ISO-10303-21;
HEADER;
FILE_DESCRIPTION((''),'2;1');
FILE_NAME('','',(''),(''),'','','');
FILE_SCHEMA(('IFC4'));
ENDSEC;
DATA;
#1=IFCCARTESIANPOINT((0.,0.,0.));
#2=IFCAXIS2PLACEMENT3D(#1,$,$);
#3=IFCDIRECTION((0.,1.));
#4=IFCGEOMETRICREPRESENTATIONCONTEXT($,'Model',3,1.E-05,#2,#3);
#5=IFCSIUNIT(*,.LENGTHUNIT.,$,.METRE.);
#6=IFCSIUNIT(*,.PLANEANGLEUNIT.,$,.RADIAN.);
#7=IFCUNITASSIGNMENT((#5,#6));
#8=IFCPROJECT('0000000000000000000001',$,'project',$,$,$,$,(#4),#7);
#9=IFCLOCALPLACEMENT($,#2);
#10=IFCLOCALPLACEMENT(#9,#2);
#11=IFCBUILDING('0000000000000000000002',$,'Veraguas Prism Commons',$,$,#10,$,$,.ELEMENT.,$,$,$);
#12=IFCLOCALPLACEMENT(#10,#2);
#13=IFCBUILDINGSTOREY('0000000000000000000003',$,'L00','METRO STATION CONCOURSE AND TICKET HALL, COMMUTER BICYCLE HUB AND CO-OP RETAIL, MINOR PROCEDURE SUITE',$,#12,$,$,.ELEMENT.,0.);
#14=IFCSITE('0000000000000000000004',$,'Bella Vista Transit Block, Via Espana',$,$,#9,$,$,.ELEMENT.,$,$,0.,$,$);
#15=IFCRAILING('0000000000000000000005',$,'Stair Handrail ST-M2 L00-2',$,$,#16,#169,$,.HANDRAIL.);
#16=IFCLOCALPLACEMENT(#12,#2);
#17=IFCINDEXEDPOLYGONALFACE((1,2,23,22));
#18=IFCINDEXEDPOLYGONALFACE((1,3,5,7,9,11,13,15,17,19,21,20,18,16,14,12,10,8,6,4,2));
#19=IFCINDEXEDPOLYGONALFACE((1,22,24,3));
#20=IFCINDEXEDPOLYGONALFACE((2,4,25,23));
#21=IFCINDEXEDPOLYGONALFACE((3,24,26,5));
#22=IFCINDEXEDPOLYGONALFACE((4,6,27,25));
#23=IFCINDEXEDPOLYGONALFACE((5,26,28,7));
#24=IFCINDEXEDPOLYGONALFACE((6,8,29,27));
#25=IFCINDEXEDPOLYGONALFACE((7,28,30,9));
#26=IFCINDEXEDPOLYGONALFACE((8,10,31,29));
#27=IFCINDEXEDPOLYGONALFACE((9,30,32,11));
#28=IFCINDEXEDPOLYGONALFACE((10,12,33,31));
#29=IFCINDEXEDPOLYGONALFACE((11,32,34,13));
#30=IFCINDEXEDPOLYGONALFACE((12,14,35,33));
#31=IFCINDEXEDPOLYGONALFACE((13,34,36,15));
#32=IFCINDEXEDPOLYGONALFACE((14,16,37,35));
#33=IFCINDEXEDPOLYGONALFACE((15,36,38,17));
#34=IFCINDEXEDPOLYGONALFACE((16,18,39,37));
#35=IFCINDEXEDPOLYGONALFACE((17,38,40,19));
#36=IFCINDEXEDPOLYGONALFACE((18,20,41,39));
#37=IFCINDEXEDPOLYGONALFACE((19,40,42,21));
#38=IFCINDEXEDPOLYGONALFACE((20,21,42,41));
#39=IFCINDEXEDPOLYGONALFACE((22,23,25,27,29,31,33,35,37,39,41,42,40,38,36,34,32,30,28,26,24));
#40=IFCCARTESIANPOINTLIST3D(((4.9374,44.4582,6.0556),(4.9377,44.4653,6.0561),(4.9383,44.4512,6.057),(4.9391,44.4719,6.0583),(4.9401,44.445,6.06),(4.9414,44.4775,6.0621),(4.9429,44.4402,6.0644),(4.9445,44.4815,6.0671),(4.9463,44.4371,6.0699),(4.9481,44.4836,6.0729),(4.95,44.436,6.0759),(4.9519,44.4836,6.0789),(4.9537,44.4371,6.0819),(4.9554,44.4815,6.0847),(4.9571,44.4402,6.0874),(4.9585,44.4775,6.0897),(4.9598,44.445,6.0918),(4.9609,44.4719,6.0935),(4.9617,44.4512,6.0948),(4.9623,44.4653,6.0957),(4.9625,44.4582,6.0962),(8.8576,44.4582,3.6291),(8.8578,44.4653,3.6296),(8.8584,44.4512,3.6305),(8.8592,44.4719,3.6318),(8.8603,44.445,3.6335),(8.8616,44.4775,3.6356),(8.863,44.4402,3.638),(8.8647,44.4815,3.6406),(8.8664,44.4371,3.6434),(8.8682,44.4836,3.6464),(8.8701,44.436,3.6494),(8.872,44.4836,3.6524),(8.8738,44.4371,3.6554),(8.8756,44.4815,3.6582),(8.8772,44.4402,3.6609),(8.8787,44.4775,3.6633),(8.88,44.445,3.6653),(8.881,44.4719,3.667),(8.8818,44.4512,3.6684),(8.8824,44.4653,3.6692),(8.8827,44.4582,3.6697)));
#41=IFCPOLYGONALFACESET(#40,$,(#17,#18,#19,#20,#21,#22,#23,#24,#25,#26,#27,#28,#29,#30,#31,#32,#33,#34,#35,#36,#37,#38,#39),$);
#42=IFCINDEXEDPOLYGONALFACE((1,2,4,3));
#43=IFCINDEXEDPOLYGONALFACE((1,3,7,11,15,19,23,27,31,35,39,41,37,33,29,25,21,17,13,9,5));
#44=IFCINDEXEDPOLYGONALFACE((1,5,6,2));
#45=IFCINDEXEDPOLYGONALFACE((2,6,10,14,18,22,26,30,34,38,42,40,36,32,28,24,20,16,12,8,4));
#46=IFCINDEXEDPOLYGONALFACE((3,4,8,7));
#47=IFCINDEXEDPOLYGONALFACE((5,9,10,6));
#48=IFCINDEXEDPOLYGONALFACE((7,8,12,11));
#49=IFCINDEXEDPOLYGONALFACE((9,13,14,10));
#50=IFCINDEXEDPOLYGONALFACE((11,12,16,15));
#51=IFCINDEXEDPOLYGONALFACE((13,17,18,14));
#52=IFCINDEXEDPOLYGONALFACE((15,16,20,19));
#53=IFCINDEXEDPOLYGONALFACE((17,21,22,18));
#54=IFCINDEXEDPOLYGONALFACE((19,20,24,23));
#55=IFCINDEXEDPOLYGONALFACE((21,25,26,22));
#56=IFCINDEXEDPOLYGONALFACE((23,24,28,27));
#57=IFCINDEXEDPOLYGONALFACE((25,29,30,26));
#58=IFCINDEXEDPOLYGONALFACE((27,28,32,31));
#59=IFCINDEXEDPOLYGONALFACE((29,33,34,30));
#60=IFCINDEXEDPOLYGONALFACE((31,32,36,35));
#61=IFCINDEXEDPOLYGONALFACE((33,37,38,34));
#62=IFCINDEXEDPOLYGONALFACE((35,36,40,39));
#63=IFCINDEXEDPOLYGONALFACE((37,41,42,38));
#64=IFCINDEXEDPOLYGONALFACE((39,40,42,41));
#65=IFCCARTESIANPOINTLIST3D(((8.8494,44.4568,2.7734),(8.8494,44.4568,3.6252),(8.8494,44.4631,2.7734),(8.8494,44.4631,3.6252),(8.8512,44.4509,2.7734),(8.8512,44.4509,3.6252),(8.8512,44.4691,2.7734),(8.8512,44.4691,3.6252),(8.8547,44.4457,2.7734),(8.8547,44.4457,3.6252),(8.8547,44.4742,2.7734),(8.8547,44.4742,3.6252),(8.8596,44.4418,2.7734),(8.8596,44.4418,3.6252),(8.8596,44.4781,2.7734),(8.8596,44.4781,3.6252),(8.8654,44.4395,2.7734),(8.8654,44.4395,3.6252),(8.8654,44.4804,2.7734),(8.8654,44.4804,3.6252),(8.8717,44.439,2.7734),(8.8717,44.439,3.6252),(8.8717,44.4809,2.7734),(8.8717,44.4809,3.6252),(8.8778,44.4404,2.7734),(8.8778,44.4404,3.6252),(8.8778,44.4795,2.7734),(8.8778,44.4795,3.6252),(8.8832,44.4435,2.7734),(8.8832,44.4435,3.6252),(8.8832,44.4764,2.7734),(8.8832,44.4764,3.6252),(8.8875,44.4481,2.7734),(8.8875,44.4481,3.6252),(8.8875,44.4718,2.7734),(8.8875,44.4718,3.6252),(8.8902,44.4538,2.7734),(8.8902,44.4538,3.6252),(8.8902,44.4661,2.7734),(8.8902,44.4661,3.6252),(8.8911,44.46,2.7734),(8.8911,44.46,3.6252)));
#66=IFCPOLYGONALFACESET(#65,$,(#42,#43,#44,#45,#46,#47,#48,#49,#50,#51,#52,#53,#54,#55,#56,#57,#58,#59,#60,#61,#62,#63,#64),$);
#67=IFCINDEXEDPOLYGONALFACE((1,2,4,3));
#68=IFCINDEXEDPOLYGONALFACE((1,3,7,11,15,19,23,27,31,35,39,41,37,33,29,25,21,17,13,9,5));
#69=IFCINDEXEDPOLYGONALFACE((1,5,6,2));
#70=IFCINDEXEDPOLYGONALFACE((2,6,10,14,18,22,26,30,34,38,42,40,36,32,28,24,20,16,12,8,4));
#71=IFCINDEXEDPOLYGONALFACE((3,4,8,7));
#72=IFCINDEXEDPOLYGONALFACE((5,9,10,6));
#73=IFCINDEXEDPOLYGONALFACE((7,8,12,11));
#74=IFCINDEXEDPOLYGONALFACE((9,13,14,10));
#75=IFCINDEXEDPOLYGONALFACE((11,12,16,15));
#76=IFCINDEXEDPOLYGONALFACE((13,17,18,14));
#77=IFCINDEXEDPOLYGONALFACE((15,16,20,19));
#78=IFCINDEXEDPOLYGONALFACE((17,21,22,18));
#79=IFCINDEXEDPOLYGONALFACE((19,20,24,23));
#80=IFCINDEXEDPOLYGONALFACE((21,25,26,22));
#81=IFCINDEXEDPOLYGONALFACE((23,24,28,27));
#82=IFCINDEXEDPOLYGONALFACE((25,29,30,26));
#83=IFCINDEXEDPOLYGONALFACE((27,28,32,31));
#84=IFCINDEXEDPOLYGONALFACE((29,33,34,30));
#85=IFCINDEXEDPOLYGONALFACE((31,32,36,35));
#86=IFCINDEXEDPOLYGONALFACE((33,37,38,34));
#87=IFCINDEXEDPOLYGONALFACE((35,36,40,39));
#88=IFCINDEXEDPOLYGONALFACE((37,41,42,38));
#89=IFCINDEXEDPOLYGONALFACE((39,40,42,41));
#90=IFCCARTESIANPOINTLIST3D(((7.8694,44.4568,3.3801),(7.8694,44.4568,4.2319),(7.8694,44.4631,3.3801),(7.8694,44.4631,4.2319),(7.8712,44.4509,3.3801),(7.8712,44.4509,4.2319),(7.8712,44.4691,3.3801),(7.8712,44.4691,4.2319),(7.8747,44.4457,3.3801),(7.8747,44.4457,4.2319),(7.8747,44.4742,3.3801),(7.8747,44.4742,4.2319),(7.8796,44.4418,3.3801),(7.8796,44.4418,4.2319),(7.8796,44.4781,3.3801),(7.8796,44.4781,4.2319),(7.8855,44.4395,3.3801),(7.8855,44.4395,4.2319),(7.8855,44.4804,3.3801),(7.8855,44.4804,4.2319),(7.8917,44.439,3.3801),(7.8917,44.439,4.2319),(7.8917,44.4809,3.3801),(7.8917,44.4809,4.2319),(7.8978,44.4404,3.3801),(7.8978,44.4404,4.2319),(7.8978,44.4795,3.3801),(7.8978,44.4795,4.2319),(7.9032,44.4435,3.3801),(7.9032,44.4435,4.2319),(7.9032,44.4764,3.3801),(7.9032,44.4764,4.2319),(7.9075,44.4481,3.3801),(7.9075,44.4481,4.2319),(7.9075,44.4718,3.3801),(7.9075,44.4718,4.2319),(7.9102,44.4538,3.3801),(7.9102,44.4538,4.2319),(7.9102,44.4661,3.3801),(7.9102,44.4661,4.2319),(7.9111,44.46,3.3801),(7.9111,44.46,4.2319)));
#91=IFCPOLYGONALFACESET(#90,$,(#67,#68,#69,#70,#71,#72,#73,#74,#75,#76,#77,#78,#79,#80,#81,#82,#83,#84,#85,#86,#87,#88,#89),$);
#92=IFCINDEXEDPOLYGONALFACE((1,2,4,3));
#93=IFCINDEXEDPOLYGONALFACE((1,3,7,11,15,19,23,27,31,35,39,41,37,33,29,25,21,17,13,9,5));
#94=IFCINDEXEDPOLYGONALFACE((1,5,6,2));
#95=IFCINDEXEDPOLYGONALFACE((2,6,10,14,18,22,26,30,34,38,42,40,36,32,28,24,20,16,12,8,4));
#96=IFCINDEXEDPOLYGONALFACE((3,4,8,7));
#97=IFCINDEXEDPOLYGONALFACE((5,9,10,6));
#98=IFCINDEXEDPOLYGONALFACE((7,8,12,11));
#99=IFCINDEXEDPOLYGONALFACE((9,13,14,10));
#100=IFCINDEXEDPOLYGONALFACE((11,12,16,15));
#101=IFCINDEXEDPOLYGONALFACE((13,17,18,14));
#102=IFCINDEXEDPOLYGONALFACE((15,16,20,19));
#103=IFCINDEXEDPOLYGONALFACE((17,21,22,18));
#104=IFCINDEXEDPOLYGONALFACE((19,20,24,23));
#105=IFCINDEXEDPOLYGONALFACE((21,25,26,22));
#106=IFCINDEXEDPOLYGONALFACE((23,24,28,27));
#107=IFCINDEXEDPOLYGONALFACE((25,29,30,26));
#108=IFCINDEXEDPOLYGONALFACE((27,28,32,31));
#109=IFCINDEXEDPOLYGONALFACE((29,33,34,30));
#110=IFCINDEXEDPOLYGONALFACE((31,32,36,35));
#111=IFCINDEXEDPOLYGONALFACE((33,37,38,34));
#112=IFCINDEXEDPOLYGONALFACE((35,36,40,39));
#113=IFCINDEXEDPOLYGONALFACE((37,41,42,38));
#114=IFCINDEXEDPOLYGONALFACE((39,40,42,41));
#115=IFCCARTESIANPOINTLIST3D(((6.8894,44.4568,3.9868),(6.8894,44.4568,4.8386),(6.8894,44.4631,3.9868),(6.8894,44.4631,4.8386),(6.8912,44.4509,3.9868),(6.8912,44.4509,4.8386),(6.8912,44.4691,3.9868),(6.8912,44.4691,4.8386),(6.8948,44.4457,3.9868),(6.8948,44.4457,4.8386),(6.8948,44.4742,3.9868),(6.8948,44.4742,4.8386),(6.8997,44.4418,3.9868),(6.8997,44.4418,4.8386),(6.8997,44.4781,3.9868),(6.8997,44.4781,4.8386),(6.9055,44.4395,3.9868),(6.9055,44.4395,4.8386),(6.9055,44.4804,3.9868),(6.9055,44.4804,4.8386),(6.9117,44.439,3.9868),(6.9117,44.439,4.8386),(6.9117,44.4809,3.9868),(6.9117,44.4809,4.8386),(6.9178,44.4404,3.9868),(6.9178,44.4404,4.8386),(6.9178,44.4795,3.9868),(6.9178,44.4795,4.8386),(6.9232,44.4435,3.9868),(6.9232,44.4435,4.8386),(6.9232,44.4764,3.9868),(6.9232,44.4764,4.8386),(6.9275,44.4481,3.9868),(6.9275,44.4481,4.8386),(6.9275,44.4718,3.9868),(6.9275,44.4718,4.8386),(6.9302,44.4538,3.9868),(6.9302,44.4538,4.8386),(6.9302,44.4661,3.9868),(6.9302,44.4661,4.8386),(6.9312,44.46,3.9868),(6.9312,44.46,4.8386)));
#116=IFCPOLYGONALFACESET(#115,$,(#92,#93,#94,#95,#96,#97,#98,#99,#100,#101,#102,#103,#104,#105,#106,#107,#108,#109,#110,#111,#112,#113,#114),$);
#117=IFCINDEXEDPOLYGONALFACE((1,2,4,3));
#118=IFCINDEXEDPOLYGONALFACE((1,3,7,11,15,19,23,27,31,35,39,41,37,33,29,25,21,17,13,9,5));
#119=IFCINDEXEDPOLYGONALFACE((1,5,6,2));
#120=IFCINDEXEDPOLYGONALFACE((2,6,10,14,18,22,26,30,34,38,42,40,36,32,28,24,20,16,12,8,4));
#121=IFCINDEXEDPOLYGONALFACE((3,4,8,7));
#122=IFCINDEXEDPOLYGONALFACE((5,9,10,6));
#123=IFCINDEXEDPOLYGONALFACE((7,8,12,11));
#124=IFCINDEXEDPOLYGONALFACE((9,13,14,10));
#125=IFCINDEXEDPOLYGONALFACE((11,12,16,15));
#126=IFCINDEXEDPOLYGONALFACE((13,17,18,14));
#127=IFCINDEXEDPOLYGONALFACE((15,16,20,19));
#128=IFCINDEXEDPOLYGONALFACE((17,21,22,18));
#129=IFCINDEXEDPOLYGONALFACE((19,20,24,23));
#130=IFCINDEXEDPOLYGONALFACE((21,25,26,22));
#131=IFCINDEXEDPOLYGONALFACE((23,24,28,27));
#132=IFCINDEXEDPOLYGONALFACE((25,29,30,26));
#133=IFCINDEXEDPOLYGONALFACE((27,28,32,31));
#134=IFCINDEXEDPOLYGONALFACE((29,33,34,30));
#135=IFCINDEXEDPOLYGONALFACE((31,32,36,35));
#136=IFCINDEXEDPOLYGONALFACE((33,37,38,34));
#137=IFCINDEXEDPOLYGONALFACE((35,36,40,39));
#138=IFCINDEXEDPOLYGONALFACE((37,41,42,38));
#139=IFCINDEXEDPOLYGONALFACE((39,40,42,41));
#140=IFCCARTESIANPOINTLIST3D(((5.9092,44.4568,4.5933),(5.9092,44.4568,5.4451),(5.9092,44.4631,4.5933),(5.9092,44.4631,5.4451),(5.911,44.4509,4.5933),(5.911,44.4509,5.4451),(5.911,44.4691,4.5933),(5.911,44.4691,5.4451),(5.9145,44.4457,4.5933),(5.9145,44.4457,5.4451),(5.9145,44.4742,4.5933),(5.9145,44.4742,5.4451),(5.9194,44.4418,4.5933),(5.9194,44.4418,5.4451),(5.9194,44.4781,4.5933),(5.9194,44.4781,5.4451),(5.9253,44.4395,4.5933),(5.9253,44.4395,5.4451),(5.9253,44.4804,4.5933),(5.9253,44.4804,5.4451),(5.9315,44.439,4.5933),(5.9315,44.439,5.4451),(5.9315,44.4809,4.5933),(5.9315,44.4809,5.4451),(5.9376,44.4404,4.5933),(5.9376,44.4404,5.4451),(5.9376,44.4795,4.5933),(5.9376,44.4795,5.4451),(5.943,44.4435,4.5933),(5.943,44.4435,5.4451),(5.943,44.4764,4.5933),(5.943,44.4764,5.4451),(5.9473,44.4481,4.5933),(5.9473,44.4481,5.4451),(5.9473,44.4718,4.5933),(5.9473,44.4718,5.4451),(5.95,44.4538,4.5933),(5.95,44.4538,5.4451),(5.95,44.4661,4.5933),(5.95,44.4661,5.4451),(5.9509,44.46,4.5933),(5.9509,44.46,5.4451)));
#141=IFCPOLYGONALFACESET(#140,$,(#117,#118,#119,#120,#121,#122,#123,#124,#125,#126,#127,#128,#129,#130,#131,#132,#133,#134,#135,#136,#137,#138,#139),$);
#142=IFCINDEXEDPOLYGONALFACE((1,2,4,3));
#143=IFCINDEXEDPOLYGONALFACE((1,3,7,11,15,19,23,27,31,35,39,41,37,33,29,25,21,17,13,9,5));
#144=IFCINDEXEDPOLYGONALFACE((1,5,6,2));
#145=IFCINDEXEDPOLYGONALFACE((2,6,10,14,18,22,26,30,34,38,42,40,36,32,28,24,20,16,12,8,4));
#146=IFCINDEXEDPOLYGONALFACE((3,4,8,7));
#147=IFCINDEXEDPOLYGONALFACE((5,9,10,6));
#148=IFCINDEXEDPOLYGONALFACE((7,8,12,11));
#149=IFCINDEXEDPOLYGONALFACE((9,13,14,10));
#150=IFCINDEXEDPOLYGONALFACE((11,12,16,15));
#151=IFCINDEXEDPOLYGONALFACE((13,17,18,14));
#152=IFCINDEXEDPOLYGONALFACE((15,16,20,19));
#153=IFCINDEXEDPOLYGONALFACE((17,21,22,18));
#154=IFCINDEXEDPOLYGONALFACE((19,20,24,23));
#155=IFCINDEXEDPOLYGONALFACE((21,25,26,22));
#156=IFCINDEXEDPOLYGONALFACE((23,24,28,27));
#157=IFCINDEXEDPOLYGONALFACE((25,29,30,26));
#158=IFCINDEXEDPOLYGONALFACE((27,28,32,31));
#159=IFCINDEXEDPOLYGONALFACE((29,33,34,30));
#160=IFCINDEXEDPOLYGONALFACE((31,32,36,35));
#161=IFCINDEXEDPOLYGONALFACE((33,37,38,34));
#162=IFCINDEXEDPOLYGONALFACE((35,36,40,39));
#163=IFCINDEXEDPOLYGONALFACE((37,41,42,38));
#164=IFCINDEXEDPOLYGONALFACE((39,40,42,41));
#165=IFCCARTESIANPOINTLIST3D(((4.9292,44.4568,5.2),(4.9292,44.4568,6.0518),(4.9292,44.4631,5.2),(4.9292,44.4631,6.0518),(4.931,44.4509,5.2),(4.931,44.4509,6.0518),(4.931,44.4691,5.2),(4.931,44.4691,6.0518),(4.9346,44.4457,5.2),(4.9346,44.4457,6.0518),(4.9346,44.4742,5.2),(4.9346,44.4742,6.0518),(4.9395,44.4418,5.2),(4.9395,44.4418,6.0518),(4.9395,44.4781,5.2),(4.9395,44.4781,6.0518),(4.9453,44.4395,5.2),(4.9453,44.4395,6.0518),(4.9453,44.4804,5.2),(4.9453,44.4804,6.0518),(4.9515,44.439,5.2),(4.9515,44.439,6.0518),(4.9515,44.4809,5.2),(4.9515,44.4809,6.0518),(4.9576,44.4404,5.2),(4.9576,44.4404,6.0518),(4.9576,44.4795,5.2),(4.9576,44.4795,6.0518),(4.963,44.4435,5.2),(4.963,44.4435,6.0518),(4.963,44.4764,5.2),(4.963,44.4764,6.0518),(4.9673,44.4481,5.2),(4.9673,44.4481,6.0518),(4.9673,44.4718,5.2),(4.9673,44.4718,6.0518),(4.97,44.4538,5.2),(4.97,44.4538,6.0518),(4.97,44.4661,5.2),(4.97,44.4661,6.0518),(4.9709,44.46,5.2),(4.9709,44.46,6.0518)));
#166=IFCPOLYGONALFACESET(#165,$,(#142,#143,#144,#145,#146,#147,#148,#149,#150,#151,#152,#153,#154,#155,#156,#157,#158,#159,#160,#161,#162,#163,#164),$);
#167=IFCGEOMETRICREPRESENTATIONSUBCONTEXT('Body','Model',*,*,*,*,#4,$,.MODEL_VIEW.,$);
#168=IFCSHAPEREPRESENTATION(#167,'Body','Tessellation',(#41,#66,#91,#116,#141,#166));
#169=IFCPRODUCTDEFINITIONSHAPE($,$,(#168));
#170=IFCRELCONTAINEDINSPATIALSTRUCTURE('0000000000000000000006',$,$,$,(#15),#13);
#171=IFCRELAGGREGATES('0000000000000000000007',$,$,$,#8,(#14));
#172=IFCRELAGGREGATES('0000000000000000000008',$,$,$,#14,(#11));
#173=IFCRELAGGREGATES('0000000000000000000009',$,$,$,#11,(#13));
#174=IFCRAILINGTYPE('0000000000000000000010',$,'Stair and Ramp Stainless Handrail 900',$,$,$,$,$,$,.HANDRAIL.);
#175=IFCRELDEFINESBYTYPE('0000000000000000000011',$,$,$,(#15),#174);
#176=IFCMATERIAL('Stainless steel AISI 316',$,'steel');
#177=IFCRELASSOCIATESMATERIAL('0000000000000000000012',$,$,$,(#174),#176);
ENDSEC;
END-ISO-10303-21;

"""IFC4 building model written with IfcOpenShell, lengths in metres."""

from ifc_helpers import new_model, si_unit, direction, frame, origin, origin_2d, place, context, subcontext, project, spatial, circle, extrude, material, type_object, element, save


model = new_model("IFC4")

# Units and contexts
model_context = context("Model", 3, precision=1e-05, world=origin(), true_north=direction((0.0, 1.0)))
body_context = subcontext(model_context, "Body", "Model", "MODEL_VIEW")
ifc_project = project(units=[si_unit("LENGTHUNIT", "METRE"), si_unit("PLANEANGLEUNIT", "RADIAN")], contexts=[model_context])

# Site, building, storey
site_placement = place(None, origin())
site = spatial("IfcSite", under=ifc_project, at=site_placement, Name="Bella Vista Transit Block, Via Espana", CompositionType="ELEMENT", RefElevation=0.0)
building_placement = place(site_placement, origin())
building = spatial("IfcBuilding", under=site, at=building_placement, Name="Veraguas Prism Commons", CompositionType="ELEMENT")
storey_placement = place(building_placement, origin())
storey = spatial("IfcBuildingStorey", under=building, at=storey_placement, Name="L00", Description="METRO STATION CONCOURSE AND TICKET HALL, COMMUTER BICYCLE HUB AND CO-OP RETAIL, MINOR PROCEDURE SUITE", CompositionType="ELEMENT", Elevation=0.0)

# Railing
ifc_material_1 = material(Name="Stainless steel AISI 316", Category="steel")
railing_type_1 = type_object("IfcRailingType", Name="Stair and Ramp Stainless Handrail 900", PredefinedType="HANDRAIL", material=ifc_material_1)
railing_1_placement = place(storey_placement, frame((8.8701, 44.46, 2.7734)))
element("IfcRailing", 1, at=railing_1_placement, inside=storey, type_object=railing_type_1, Name="Stair Handrail ST-M2 L00-2", PredefinedType="HANDRAIL", context=body_context, shape_type="SweptSolid", body=[
    extrude(circle(Radius=0.0239, at=origin_2d()), frame((0.0, 0.0, 0.876), z_axis=(-0.85029, 0.0, 0.526315), x_axis=(0.0, -1.0, 0.0)), (0.0, 0.0, 1.0), 4.6104),
    extrude(circle(Radius=0.021, at=origin_2d()), origin(), (0.0, 0.0, 1.0), 0.8518),
    extrude(circle(Radius=0.021, at=origin_2d()), frame((-0.98, 0.0, 0.6067)), (0.0, 0.0, 1.0), 0.8518),
    extrude(circle(Radius=0.021, at=origin_2d()), frame((-1.96, 0.0, 1.2134)), (0.0, 0.0, 1.0), 0.8518),
    extrude(circle(Radius=0.021, at=origin_2d()), frame((-2.9402, 0.0, 1.8198)), (0.0, 0.0, 1.0), 0.8518),
    extrude(circle(Radius=0.021, at=origin_2d()), frame((-3.9202, 0.0, 2.4265)), (0.0, 0.0, 1.0), 0.8518),
])

save(model, "model.ifc")
